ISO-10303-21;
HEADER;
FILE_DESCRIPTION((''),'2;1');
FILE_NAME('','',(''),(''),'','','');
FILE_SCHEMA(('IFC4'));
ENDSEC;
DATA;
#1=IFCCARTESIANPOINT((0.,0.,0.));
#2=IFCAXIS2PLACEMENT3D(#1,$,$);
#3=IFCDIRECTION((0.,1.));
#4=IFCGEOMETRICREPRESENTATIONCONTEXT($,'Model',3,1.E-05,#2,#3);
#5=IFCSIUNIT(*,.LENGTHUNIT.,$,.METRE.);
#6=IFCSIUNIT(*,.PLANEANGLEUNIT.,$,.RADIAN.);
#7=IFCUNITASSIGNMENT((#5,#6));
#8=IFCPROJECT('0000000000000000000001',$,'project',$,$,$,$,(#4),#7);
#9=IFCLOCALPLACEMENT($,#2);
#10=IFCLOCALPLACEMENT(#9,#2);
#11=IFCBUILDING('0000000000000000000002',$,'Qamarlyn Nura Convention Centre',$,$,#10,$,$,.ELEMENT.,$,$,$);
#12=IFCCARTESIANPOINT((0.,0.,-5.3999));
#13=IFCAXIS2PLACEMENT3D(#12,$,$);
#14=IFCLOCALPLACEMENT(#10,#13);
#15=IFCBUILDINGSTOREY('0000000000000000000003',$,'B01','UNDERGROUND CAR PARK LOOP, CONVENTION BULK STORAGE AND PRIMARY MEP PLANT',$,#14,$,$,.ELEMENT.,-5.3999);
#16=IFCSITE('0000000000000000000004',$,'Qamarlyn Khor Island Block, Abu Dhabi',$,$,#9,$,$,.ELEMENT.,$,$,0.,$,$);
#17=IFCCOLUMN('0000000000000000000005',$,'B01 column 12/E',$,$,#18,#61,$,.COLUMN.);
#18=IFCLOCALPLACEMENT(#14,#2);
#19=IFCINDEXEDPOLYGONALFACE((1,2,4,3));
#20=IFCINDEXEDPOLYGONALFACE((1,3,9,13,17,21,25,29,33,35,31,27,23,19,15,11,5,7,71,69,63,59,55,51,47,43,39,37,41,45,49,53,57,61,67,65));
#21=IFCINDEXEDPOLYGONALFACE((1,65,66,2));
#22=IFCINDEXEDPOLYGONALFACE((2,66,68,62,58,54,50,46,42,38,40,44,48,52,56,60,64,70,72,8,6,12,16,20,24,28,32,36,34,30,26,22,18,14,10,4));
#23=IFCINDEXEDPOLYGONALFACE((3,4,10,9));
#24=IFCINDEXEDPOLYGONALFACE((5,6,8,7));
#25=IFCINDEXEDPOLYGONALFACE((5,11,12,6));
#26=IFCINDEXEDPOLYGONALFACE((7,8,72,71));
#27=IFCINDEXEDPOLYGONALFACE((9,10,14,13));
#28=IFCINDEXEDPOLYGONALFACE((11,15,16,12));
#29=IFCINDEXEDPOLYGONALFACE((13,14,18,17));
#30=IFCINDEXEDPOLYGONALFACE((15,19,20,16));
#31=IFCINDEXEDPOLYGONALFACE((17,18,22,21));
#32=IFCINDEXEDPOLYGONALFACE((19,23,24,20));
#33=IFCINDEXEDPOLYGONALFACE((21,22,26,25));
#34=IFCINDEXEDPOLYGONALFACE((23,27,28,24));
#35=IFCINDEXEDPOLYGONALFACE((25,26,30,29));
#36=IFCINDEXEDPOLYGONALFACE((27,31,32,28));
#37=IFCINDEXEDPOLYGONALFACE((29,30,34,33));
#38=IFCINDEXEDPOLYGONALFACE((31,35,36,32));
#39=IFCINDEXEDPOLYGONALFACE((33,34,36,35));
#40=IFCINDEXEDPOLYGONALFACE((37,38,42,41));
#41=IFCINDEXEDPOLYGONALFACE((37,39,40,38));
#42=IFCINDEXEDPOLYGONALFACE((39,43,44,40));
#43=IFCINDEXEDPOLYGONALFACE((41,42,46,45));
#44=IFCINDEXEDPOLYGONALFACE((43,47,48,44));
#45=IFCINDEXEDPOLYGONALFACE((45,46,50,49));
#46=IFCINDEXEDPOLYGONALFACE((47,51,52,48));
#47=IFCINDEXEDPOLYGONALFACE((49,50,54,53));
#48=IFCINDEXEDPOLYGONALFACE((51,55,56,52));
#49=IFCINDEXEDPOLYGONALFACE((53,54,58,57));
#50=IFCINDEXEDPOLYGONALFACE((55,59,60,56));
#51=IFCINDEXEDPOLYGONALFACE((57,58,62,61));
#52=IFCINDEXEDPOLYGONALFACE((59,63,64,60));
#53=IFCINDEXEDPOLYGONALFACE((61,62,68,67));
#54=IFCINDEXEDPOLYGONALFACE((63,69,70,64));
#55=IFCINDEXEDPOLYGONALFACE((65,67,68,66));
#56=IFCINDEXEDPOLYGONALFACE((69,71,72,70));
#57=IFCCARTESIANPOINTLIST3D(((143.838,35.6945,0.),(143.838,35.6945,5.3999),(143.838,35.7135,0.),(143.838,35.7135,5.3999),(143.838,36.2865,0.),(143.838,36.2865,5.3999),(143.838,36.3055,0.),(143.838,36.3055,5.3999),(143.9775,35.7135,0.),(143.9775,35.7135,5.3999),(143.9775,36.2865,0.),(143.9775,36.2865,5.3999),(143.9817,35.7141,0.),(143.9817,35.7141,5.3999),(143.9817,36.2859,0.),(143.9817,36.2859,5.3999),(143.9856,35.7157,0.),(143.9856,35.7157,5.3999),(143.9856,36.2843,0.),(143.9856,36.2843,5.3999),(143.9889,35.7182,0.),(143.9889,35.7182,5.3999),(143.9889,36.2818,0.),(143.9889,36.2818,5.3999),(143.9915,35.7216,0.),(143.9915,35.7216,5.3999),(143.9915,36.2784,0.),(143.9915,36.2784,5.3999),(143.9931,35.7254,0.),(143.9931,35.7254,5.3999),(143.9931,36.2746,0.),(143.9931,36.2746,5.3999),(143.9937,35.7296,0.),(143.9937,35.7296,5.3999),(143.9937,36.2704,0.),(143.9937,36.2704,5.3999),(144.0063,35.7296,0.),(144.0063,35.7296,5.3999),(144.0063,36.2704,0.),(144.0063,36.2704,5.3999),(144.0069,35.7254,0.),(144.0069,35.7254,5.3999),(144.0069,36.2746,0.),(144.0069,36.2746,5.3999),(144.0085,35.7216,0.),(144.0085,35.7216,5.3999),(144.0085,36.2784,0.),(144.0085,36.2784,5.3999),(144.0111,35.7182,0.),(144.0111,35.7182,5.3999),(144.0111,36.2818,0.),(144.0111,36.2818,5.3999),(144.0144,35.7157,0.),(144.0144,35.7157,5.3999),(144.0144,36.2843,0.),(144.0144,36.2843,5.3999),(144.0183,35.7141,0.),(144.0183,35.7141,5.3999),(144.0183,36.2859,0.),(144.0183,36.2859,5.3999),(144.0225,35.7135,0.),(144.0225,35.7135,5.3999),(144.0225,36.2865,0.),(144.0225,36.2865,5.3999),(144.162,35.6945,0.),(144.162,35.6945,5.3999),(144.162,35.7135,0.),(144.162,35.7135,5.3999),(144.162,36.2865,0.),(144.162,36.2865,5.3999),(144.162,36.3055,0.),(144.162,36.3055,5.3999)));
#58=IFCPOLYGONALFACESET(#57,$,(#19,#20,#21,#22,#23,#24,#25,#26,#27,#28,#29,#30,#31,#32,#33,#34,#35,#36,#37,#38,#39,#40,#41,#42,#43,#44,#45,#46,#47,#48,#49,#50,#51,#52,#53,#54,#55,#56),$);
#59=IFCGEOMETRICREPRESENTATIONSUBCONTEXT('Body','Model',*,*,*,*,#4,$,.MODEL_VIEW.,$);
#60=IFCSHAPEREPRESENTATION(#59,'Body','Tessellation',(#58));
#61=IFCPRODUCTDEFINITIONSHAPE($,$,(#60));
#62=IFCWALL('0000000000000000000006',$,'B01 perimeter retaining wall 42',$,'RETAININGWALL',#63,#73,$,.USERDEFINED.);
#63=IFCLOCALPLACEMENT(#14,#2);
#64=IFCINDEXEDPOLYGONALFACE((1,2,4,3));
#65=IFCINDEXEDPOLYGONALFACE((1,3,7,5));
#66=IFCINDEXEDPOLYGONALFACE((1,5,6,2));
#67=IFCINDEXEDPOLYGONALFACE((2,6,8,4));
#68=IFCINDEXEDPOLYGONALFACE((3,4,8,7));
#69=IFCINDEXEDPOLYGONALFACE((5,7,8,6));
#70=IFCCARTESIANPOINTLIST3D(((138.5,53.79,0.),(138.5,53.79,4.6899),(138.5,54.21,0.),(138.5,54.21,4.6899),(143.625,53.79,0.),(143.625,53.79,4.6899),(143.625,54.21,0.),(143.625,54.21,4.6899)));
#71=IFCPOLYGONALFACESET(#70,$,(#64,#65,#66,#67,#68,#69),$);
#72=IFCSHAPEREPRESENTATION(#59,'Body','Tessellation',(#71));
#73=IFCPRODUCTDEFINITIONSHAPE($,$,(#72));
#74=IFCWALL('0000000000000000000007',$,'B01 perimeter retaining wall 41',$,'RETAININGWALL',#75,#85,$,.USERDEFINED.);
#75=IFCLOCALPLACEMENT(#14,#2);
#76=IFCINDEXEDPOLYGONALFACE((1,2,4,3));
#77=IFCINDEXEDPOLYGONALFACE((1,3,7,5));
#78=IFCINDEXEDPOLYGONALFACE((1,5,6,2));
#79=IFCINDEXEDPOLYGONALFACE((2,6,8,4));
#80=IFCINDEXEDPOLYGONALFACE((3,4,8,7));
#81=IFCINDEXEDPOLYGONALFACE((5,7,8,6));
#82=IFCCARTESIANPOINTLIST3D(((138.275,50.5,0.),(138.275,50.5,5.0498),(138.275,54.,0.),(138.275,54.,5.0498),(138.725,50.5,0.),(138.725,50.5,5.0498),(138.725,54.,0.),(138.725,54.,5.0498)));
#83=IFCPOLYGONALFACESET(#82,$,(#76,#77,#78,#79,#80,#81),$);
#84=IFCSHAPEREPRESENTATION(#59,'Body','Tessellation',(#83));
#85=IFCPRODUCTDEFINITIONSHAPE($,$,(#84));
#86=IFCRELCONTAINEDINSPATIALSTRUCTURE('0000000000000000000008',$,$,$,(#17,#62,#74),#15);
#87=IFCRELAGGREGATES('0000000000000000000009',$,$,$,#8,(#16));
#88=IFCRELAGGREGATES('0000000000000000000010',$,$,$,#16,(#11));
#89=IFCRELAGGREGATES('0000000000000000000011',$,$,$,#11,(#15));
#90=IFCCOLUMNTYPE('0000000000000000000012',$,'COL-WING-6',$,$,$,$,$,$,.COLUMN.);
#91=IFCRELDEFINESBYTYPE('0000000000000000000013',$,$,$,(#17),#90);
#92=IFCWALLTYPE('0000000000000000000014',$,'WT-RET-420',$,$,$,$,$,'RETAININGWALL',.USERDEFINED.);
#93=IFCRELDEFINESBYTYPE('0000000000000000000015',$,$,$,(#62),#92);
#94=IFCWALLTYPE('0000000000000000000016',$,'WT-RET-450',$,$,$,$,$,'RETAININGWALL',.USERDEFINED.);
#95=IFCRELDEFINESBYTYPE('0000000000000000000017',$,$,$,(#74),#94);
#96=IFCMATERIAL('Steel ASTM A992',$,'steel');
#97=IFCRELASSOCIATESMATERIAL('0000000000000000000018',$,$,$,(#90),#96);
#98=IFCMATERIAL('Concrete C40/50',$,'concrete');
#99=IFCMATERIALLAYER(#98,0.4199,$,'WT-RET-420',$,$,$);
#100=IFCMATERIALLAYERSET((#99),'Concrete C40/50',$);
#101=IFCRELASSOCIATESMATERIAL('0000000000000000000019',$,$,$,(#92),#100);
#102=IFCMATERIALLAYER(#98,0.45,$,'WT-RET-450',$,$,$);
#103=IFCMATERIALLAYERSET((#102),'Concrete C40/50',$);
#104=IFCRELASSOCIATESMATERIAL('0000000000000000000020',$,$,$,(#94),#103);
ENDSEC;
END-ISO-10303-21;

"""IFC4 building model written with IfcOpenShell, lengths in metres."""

from ifc_helpers import new_model, si_unit, direction, frame, frame_2d, origin, origin_2d, place, context, subcontext, project, spatial, rectangle, i_section, extrude, material, layer, layer_set, material_profile, profile_set, type_object, element, save


model = new_model("IFC4")

# Units and contexts
model_context = context("Model", 3, precision=1e-05, world=origin(), true_north=direction((0.0, 1.0)))
body_context = subcontext(model_context, "Body", "Model", "MODEL_VIEW")
ifc_project = project(units=[si_unit("LENGTHUNIT", "METRE"), si_unit("PLANEANGLEUNIT", "RADIAN")], contexts=[model_context])

# Site, building, storey
site_placement = place(None, origin())
site = spatial("IfcSite", under=ifc_project, at=site_placement, Name="Qamarlyn Khor Island Block, Abu Dhabi", CompositionType="ELEMENT", RefElevation=0.0)
building_placement = place(site_placement, origin())
building = spatial("IfcBuilding", under=site, at=building_placement, Name="Qamarlyn Nura Convention Centre", CompositionType="ELEMENT")
storey_placement = place(building_placement, frame((0.0, 0.0, -5.3999)))
storey = spatial("IfcBuildingStorey", under=building, at=storey_placement, Name="B01", Description="UNDERGROUND CAR PARK LOOP, CONVENTION BULK STORAGE AND PRIMARY MEP PLANT", CompositionType="ELEMENT", Elevation=-5.3999)

# Shared definitions
ifc_material_1 = material(Name="Concrete C40/50", Category="concrete")

# Column
ifc_material_2 = material(Name="Steel ASTM A992", Category="steel")
ifc_material_profile_1 = material_profile(ifc_material_2, i_section(OverallWidth=0.324, OverallDepth=0.6111, WebThickness=0.0127, FlangeThickness=0.019, FilletRadius=0.0161, at=origin_2d()), Name="W610X155")
ifc_profile_set_1 = profile_set([ifc_material_profile_1], Name="Steel ASTM A992")
column_type_1 = type_object("IfcColumnType", Name="COL-WING-6", PredefinedType="COLUMN", material=ifc_profile_set_1)
column_1_placement = place(storey_placement, frame((144.0, 36.0, 0.0), z_axis=(0.0, 0.0, 1.0), x_axis=(1.0, 0.0, 0.0)))
element("IfcColumn", 1, at=column_1_placement, inside=storey, type_object=column_type_1, Name="B01 column 12/E", PredefinedType="COLUMN", context=body_context, shape_type="SweptSolid", body=[
    extrude(i_section(OverallWidth=0.324, OverallDepth=0.6111, WebThickness=0.0127, FlangeThickness=0.019, FilletRadius=0.0161, at=origin_2d()), origin(), (0.0, 0.0, 1.0), 5.3999),
])

# Walls
ifc_layer_1 = layer(ifc_material_1, 0.4199, Name="WT-RET-420")
ifc_layer_set_1 = layer_set([ifc_layer_1], Name="Concrete C40/50")
wall_type_1 = type_object("IfcWallType", Name="WT-RET-420", ElementType="RETAININGWALL", PredefinedType="USERDEFINED", material=ifc_layer_set_1)
wall_1_placement = place(storey_placement, frame((138.5, 54.0, 0.0), z_axis=(0.0, 0.0, 1.0), x_axis=(1.0, 0.0, 0.0)))
element("IfcWall", 2, at=wall_1_placement, inside=storey, type_object=wall_type_1, Name="B01 perimeter retaining wall 42", ObjectType="RETAININGWALL", PredefinedType="USERDEFINED", context=body_context, shape_type="SweptSolid", body=[
    extrude(rectangle(XDim=5.125, YDim=0.4199, at=frame_2d((2.5625, 0.0))), origin(), (0.0, 0.0, 1.0), 4.6899),
])
ifc_layer_2 = layer(ifc_material_1, 0.45, Name="WT-RET-450")
ifc_layer_set_2 = layer_set([ifc_layer_2], Name="Concrete C40/50")
wall_type_2 = type_object("IfcWallType", Name="WT-RET-450", ElementType="RETAININGWALL", PredefinedType="USERDEFINED", material=ifc_layer_set_2)
wall_2_placement = place(storey_placement, frame((138.5, 50.5, 0.0), z_axis=(0.0, 0.0, 1.0), x_axis=(0.0, 1.0, 0.0)))
element("IfcWall", 3, at=wall_2_placement, inside=storey, type_object=wall_type_2, Name="B01 perimeter retaining wall 41", ObjectType="RETAININGWALL", PredefinedType="USERDEFINED", context=body_context, shape_type="SweptSolid", body=[
    extrude(rectangle(XDim=3.5, YDim=0.45, at=frame_2d((1.75, 0.0))), origin(), (0.0, 0.0, 1.0), 5.0498),
])

save(model, "model.ifc")
